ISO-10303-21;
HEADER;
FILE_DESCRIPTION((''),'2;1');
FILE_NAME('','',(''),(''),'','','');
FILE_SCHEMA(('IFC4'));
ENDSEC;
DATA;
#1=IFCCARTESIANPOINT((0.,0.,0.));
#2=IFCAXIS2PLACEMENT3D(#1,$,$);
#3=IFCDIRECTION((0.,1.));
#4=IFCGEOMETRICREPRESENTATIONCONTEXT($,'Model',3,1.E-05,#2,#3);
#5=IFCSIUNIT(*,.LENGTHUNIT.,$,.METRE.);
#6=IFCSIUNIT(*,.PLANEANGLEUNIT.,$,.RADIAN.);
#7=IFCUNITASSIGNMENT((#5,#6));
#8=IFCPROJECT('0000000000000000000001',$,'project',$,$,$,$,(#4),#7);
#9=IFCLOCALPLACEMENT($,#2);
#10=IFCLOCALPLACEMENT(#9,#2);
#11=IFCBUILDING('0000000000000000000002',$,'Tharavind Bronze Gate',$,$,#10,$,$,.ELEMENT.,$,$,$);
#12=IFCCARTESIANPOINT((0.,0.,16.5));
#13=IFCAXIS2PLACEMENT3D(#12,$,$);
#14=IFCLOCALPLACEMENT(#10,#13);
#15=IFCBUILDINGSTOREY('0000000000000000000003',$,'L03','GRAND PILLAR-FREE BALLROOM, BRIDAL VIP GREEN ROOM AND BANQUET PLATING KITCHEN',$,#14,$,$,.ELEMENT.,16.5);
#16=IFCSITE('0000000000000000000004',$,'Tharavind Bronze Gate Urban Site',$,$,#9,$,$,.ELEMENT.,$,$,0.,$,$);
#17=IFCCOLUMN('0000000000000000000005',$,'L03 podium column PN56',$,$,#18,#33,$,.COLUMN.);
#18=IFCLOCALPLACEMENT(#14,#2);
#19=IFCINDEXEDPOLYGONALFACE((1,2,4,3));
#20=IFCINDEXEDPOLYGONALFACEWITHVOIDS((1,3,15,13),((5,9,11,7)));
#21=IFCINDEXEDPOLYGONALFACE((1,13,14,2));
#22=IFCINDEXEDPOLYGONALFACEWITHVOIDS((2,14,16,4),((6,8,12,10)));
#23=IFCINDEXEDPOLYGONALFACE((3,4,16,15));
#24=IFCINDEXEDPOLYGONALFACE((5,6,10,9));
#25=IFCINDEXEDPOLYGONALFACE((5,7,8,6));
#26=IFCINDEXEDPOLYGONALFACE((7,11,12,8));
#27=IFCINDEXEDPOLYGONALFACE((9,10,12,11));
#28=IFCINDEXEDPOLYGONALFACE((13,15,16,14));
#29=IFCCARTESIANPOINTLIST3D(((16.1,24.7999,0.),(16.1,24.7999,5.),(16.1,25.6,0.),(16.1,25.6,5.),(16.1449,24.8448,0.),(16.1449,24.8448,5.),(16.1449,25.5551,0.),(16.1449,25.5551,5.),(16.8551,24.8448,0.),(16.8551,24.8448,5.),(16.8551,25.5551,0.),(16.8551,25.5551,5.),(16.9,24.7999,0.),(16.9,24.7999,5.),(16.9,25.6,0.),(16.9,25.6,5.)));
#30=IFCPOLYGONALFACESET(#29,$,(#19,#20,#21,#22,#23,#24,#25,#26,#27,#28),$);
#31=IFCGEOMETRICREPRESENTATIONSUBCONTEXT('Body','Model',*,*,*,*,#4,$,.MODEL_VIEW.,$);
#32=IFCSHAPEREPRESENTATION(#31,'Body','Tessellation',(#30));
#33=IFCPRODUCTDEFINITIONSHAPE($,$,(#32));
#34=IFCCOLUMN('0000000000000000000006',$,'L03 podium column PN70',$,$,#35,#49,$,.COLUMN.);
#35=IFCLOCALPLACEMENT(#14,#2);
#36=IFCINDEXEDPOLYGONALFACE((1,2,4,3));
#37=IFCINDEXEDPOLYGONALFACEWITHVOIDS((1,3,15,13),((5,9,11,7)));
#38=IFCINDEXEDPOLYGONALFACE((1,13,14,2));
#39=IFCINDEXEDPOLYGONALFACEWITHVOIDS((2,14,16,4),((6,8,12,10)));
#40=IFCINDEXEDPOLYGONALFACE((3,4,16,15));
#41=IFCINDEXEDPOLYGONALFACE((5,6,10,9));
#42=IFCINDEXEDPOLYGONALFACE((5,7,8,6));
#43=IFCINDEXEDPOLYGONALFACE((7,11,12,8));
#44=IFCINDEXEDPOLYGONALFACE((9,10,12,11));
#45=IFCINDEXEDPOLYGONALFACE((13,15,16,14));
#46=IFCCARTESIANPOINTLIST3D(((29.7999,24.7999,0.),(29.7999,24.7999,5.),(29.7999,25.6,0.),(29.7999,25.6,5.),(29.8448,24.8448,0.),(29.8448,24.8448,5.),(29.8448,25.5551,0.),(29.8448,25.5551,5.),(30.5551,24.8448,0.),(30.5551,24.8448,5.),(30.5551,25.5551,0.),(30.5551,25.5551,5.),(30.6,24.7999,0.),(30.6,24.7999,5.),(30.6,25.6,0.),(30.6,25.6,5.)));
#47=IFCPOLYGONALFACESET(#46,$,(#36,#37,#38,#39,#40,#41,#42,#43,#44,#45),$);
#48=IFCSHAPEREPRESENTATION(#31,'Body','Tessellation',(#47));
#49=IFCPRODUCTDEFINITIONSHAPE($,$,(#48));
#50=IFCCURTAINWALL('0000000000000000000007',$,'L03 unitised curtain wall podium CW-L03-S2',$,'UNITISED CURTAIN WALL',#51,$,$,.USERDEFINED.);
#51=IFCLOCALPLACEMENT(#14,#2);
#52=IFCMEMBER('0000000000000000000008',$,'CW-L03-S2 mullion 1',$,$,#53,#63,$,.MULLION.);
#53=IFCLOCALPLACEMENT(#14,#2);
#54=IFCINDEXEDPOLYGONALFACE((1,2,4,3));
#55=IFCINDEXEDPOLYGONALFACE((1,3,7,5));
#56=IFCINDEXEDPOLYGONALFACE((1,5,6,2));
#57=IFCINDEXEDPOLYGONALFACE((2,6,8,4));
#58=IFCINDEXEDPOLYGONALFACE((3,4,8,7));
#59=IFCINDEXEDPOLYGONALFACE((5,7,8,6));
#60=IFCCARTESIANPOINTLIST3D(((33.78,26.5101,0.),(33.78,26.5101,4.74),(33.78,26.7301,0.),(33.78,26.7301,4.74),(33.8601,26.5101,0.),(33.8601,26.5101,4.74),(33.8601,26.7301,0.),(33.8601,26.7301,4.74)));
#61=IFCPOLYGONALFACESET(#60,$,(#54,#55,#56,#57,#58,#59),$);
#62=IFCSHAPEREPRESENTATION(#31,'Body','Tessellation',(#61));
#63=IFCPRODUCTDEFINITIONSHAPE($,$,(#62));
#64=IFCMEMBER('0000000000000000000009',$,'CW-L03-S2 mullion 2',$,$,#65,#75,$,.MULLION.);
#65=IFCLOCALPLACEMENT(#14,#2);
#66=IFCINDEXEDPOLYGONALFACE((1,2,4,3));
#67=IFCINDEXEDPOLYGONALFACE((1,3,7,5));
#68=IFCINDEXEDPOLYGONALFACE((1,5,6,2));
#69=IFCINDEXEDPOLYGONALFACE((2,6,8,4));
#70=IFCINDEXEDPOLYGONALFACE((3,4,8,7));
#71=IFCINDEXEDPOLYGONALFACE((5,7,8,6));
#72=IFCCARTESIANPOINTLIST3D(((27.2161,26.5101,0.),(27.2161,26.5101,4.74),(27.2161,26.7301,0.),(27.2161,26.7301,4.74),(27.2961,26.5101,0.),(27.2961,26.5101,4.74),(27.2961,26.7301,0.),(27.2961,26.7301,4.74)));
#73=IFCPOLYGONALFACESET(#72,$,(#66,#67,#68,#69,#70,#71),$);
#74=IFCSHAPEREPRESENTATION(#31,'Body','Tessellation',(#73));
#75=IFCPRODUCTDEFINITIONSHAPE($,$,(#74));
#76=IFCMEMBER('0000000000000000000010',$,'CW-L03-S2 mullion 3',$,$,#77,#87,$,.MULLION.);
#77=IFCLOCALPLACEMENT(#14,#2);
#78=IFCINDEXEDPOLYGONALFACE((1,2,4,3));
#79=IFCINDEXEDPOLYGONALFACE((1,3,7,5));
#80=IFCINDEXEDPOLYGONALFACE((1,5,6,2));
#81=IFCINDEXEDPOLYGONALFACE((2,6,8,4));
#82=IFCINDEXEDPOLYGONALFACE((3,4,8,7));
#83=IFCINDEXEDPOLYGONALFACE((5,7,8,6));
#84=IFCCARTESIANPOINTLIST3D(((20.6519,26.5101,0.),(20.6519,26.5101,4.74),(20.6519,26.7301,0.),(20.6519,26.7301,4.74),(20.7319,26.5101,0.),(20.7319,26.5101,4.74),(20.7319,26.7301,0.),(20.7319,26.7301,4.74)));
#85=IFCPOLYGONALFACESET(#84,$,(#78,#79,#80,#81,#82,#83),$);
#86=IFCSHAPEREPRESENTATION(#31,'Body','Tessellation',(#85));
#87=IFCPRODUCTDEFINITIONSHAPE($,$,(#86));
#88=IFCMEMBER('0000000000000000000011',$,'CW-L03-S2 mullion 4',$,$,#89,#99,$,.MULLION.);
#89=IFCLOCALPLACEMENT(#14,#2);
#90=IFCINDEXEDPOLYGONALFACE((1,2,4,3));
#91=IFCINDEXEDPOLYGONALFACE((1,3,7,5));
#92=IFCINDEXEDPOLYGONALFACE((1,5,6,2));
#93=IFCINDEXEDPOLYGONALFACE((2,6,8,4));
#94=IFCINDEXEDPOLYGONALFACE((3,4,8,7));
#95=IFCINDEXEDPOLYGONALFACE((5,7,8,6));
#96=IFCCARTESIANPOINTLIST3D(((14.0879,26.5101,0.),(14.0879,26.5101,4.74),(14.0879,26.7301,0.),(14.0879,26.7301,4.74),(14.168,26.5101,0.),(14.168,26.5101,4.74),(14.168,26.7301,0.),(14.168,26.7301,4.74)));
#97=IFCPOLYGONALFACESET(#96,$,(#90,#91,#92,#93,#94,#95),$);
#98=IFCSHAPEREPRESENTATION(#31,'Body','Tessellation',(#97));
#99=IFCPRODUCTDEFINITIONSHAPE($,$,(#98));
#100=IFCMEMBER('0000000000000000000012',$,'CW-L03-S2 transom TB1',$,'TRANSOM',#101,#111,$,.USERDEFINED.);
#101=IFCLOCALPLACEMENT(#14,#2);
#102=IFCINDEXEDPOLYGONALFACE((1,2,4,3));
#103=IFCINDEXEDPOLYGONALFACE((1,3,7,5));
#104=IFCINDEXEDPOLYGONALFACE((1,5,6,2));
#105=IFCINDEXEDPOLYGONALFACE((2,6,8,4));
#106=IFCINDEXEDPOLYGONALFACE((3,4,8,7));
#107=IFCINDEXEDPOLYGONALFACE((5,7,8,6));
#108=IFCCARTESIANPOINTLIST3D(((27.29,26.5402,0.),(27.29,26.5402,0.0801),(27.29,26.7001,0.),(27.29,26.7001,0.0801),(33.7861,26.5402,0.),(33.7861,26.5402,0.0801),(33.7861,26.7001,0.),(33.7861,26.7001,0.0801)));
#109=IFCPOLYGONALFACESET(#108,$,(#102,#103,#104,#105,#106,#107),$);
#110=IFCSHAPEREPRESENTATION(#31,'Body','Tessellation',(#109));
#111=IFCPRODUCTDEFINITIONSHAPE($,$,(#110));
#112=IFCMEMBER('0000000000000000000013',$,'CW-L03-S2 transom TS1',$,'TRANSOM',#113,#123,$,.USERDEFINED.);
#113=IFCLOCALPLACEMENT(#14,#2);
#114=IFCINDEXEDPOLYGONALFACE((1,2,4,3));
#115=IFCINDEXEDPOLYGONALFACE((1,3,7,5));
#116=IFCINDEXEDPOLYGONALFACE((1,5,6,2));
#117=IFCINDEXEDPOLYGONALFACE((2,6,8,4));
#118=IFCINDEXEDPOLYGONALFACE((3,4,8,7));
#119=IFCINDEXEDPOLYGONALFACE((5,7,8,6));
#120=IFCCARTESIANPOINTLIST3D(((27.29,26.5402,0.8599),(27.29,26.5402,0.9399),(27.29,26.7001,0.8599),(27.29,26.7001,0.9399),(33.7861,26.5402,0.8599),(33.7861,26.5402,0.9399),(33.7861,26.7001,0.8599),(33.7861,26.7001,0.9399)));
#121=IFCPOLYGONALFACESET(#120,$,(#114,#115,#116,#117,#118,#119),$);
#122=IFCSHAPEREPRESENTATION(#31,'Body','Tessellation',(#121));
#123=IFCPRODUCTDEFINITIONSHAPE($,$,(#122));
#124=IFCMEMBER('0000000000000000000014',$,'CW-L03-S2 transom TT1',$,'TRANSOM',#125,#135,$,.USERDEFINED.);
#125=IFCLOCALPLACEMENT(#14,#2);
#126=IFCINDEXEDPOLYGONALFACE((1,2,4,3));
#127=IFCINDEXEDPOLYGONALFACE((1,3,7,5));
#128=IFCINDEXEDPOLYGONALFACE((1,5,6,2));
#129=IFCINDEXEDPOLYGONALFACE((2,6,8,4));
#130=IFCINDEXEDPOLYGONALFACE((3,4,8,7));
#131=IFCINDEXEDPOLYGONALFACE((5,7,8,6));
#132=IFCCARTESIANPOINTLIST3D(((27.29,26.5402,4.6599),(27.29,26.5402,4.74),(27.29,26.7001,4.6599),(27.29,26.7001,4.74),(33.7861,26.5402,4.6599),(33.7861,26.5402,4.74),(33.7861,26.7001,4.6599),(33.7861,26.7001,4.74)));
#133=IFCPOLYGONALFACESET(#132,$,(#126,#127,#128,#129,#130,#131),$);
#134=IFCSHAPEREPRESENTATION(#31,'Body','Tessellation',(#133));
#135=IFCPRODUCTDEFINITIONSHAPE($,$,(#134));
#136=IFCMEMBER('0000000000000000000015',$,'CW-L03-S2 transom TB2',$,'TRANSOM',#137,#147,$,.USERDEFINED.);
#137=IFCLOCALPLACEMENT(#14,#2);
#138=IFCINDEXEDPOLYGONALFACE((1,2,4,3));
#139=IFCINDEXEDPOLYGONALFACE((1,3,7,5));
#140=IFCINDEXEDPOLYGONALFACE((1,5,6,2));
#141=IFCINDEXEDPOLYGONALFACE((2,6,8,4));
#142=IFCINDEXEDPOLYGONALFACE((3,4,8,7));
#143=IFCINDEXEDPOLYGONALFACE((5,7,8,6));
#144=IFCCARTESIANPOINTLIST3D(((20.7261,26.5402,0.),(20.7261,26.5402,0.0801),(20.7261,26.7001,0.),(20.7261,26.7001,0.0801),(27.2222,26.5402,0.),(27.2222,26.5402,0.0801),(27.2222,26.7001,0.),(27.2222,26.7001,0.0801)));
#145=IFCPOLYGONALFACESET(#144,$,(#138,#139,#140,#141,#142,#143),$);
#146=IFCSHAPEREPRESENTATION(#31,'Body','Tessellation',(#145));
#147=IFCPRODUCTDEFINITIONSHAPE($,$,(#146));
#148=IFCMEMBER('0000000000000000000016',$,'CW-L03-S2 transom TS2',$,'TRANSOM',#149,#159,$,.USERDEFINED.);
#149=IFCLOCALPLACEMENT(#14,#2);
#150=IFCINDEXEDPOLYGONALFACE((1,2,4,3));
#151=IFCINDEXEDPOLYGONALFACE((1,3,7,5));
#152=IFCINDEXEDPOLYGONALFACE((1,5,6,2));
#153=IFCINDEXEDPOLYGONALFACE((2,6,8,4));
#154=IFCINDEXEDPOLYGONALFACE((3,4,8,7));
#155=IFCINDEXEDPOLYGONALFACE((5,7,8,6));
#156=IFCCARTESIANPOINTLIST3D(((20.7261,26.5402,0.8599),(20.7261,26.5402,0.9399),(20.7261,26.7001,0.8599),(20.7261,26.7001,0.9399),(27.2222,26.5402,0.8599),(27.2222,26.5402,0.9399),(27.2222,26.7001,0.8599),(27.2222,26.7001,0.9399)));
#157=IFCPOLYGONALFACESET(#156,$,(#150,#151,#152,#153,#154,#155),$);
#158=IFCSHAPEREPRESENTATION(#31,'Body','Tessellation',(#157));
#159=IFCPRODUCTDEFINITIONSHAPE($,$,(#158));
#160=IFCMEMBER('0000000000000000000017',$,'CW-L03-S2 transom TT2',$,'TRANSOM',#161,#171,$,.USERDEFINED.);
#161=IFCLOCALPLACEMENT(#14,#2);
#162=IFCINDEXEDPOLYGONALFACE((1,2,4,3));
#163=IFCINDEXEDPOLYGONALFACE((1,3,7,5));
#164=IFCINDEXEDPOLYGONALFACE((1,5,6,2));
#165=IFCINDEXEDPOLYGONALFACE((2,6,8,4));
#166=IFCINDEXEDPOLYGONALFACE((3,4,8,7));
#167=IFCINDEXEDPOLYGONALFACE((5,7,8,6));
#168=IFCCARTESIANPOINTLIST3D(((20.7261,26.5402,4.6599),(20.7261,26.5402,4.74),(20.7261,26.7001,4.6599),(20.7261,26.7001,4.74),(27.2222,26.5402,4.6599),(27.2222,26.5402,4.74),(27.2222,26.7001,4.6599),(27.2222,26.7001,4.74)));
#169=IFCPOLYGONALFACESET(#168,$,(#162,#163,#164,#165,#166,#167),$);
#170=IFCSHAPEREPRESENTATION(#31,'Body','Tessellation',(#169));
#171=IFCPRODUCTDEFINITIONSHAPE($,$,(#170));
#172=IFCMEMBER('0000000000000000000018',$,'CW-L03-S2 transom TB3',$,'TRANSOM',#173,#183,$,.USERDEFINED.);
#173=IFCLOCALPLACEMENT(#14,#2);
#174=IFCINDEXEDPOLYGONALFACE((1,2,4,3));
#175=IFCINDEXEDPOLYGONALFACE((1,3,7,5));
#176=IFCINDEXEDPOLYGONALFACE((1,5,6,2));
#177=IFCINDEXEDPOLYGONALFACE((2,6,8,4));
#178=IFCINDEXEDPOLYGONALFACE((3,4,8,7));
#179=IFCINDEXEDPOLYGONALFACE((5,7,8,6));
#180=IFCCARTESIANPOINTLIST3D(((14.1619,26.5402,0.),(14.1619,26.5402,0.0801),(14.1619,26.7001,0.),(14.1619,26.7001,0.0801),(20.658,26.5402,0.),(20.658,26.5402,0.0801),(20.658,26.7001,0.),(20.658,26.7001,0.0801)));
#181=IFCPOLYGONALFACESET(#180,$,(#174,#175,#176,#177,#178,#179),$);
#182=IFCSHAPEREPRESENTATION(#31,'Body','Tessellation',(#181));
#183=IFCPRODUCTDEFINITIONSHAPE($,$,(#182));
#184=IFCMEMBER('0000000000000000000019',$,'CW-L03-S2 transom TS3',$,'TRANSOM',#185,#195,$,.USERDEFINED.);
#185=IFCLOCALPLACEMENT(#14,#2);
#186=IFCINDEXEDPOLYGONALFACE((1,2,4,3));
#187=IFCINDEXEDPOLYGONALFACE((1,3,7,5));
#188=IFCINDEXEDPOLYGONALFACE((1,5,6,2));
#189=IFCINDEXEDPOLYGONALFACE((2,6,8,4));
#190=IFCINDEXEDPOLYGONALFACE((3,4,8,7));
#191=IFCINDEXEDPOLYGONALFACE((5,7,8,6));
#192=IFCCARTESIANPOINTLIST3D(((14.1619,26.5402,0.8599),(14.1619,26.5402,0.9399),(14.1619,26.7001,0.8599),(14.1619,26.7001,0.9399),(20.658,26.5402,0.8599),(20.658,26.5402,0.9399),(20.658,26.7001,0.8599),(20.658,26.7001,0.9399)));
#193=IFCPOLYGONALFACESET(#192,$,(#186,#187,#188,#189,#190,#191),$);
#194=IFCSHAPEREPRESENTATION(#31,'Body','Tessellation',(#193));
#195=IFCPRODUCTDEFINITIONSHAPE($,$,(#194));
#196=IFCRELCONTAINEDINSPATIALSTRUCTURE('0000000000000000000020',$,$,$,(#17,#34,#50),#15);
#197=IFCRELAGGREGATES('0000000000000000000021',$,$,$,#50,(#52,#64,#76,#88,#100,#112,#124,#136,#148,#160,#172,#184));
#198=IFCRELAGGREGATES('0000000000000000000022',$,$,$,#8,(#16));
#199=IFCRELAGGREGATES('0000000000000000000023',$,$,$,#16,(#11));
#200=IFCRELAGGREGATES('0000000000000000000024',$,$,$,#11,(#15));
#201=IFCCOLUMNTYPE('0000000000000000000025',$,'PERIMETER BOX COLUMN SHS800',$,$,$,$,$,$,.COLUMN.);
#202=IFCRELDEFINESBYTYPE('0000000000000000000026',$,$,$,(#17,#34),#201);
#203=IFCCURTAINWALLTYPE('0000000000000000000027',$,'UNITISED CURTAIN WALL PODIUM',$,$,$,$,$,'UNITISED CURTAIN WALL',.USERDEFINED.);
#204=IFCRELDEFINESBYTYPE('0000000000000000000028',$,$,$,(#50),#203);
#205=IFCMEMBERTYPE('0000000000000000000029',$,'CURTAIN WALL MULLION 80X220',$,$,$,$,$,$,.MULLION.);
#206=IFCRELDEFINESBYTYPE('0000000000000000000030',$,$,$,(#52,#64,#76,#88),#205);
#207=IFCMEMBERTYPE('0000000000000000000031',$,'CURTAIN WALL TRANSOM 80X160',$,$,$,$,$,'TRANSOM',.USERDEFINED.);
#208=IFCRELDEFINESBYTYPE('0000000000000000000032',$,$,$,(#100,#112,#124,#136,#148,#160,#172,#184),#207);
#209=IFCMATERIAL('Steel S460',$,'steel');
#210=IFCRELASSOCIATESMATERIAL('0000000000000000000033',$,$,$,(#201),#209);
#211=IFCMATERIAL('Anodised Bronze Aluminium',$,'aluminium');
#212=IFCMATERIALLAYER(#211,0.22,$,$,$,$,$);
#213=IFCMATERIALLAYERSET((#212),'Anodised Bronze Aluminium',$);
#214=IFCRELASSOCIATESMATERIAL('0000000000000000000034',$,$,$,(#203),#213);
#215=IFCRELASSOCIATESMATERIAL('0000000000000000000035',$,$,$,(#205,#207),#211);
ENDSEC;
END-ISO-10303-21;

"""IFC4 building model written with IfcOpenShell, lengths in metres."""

from ifc_helpers import new_model, si_unit, direction, frame, origin, origin_2d, place, context, subcontext, project, spatial, rectangle, hollow_rectangle, extrude, material, layer, layer_set, material_profile, profile_set, type_object, element, aggregate, save


model = new_model("IFC4")

# Units and contexts
model_context = context("Model", 3, precision=1e-05, world=origin(), true_north=direction((0.0, 1.0)))
body_context = subcontext(model_context, "Body", "Model", "MODEL_VIEW")
ifc_project = project(units=[si_unit("LENGTHUNIT", "METRE"), si_unit("PLANEANGLEUNIT", "RADIAN")], contexts=[model_context])

# Site, building, storey
site_placement = place(None, origin())
site = spatial("IfcSite", under=ifc_project, at=site_placement, Name="Tharavind Bronze Gate Urban Site", CompositionType="ELEMENT", RefElevation=0.0)
building_placement = place(site_placement, origin())
building = spatial("IfcBuilding", under=site, at=building_placement, Name="Tharavind Bronze Gate", CompositionType="ELEMENT")
storey_placement = place(building_placement, frame((0.0, 0.0, 16.5)))
storey = spatial("IfcBuildingStorey", under=building, at=storey_placement, Name="L03", Description="GRAND PILLAR-FREE BALLROOM, BRIDAL VIP GREEN ROOM AND BANQUET PLATING KITCHEN", CompositionType="ELEMENT", Elevation=16.5)

# Columns
ifc_material_1 = material(Name="Steel S460", Category="steel")
ifc_material_profile_1 = material_profile(ifc_material_1, hollow_rectangle(XDim=0.8, YDim=0.8, WallThickness=0.0449, at=origin_2d()), Name="SHS800X45")
ifc_profile_set_1 = profile_set([ifc_material_profile_1], Name="Steel S460")
column_type = type_object("IfcColumnType", Name="PERIMETER BOX COLUMN SHS800", PredefinedType="COLUMN", material=ifc_profile_set_1)
for number, where, z_axis, x_axis, name in (
    (1, (16.5, 25.2, 0.0), (0.0, 0.0, 1.0), (1.0, 0.0, 0.0), "L03 podium column PN56"),
    (2, (30.2, 25.2, 0.0), (0.0, 0.0, 1.0), (1.0, 0.0, 0.0), "L03 podium column PN70"),
):
    element("IfcColumn", number, at=place(storey_placement, frame(where, z_axis=z_axis, x_axis=x_axis)), inside=storey, type_object=column_type, Name=name, PredefinedType="COLUMN", context=body_context, shape_type="SweptSolid", body=[
        extrude(hollow_rectangle(XDim=0.8, YDim=0.8, WallThickness=0.0449, at=origin_2d()), origin(), (0.0, 0.0, 1.0), 5.0),
    ])

# Curtain wall, members
ifc_material_2 = material(Name="Anodised Bronze Aluminium", Category="aluminium")
ifc_layer_1 = layer(ifc_material_2, 0.22)
ifc_layer_set_1 = layer_set([ifc_layer_1], Name="Anodised Bronze Aluminium")
curtain_wall_type = type_object("IfcCurtainWallType", Name="UNITISED CURTAIN WALL PODIUM", ElementType="UNITISED CURTAIN WALL", PredefinedType="USERDEFINED", material=ifc_layer_set_1)
curtain_wall_placement = place(storey_placement, origin())
curtain_wall = element("IfcCurtainWall", 3, at=curtain_wall_placement, inside=storey, type_object=curtain_wall_type, Name="L03 unitised curtain wall podium CW-L03-S2", ObjectType="UNITISED CURTAIN WALL", PredefinedType="USERDEFINED")
member_type_1 = type_object("IfcMemberType", Name="CURTAIN WALL MULLION 80X220", PredefinedType="MULLION", material=ifc_material_2)
member_1_placement = place(storey_placement, frame((33.8201, 26.6201, 0.0), z_axis=(0.0, 0.0, 1.0), x_axis=(-1.0, 0.0, 0.0)))
member_1 = element("IfcMember", 4, at=member_1_placement, type_object=member_type_1, Name="CW-L03-S2 mullion 1", PredefinedType="MULLION", context=body_context, shape_type="SweptSolid", body=[
    extrude(rectangle(XDim=0.0801, YDim=0.22, at=origin_2d()), origin(), (0.0, 0.0, 1.0), 4.74),
])
member_2_placement = place(storey_placement, frame((27.2561, 26.6201, 0.0), z_axis=(0.0, 0.0, 1.0), x_axis=(-1.0, 0.0, 0.0)))
member_2 = element("IfcMember", 5, at=member_2_placement, type_object=member_type_1, Name="CW-L03-S2 mullion 2", PredefinedType="MULLION", context=body_context, shape_type="SweptSolid", body=[
    extrude(rectangle(XDim=0.0801, YDim=0.22, at=origin_2d()), origin(), (0.0, 0.0, 1.0), 4.74),
])
member_3_placement = place(storey_placement, frame((20.6919, 26.6201, 0.0), z_axis=(0.0, 0.0, 1.0), x_axis=(-1.0, 0.0, 0.0)))
member_3 = element("IfcMember", 6, at=member_3_placement, type_object=member_type_1, Name="CW-L03-S2 mullion 3", PredefinedType="MULLION", context=body_context, shape_type="SweptSolid", body=[
    extrude(rectangle(XDim=0.0801, YDim=0.22, at=origin_2d()), origin(), (0.0, 0.0, 1.0), 4.74),
])
member_4_placement = place(storey_placement, frame((14.1279, 26.6201, 0.0), z_axis=(0.0, 0.0, 1.0), x_axis=(-1.0, 0.0, 0.0)))
member_4 = element("IfcMember", 7, at=member_4_placement, type_object=member_type_1, Name="CW-L03-S2 mullion 4", PredefinedType="MULLION", context=body_context, shape_type="SweptSolid", body=[
    extrude(rectangle(XDim=0.0801, YDim=0.22, at=origin_2d()), origin(), (0.0, 0.0, 1.0), 4.74),
])
member_type_2 = type_object("IfcMemberType", Name="CURTAIN WALL TRANSOM 80X160", ElementType="TRANSOM", PredefinedType="USERDEFINED", material=ifc_material_2)
member_5_placement = place(storey_placement, frame((30.5381, 26.6201, 0.0), z_axis=(0.0, 0.0, 1.0), x_axis=(-1.0, 0.0, 0.0)))
member_5 = element("IfcMember", 8, at=member_5_placement, type_object=member_type_2, Name="CW-L03-S2 transom TB1", ObjectType="TRANSOM", PredefinedType="USERDEFINED", context=body_context, shape_type="SweptSolid", body=[
    extrude(rectangle(XDim=6.4961, YDim=0.1599, at=origin_2d()), origin(), (0.0, 0.0, 1.0), 0.0801),
])
member_6_placement = place(storey_placement, frame((30.5381, 26.6201, 0.8599), z_axis=(0.0, 0.0, 1.0), x_axis=(-1.0, 0.0, 0.0)))
member_6 = element("IfcMember", 9, at=member_6_placement, type_object=member_type_2, Name="CW-L03-S2 transom TS1", ObjectType="TRANSOM", PredefinedType="USERDEFINED", context=body_context, shape_type="SweptSolid", body=[
    extrude(rectangle(XDim=6.4961, YDim=0.1599, at=origin_2d()), origin(), (0.0, 0.0, 1.0), 0.0801),
])
member_7_placement = place(storey_placement, frame((30.5381, 26.6201, 4.6599), z_axis=(0.0, 0.0, 1.0), x_axis=(-1.0, 0.0, 0.0)))
member_7 = element("IfcMember", 10, at=member_7_placement, type_object=member_type_2, Name="CW-L03-S2 transom TT1", ObjectType="TRANSOM", PredefinedType="USERDEFINED", context=body_context, shape_type="SweptSolid", body=[
    extrude(rectangle(XDim=6.4961, YDim=0.1599, at=origin_2d()), origin(), (0.0, 0.0, 1.0), 0.0801),
])
member_8_placement = place(storey_placement, frame((23.9741, 26.6201, 0.0), z_axis=(0.0, 0.0, 1.0), x_axis=(-1.0, 0.0, 0.0)))
member_8 = element("IfcMember", 11, at=member_8_placement, type_object=member_type_2, Name="CW-L03-S2 transom TB2", ObjectType="TRANSOM", PredefinedType="USERDEFINED", context=body_context, shape_type="SweptSolid", body=[
    extrude(rectangle(XDim=6.4961, YDim=0.1599, at=origin_2d()), origin(), (0.0, 0.0, 1.0), 0.0801),
])
member_9_placement = place(storey_placement, frame((23.9741, 26.6201, 0.8599), z_axis=(0.0, 0.0, 1.0), x_axis=(-1.0, 0.0, 0.0)))
member_9 = element("IfcMember", 12, at=member_9_placement, type_object=member_type_2, Name="CW-L03-S2 transom TS2", ObjectType="TRANSOM", PredefinedType="USERDEFINED", context=body_context, shape_type="SweptSolid", body=[
    extrude(rectangle(XDim=6.4961, YDim=0.1599, at=origin_2d()), origin(), (0.0, 0.0, 1.0), 0.0801),
])
member_10_placement = place(storey_placement, frame((23.9741, 26.6201, 4.6599), z_axis=(0.0, 0.0, 1.0), x_axis=(-1.0, 0.0, 0.0)))
member_10 = element("IfcMember", 13, at=member_10_placement, type_object=member_type_2, Name="CW-L03-S2 transom TT2", ObjectType="TRANSOM", PredefinedType="USERDEFINED", context=body_context, shape_type="SweptSolid", body=[
    extrude(rectangle(XDim=6.4961, YDim=0.1599, at=origin_2d()), origin(), (0.0, 0.0, 1.0), 0.0801),
])
member_11_placement = place(storey_placement, frame((17.4099, 26.6201, 0.0), z_axis=(0.0, 0.0, 1.0), x_axis=(-1.0, 0.0, 0.0)))
member_11 = element("IfcMember", 14, at=member_11_placement, type_object=member_type_2, Name="CW-L03-S2 transom TB3", ObjectType="TRANSOM", PredefinedType="USERDEFINED", context=body_context, shape_type="SweptSolid", body=[
    extrude(rectangle(XDim=6.4961, YDim=0.1599, at=origin_2d()), origin(), (0.0, 0.0, 1.0), 0.0801),
])
member_12_placement = place(storey_placement, frame((17.4099, 26.6201, 0.8599), z_axis=(0.0, 0.0, 1.0), x_axis=(-1.0, 0.0, 0.0)))
member_12 = element("IfcMember", 15, at=member_12_placement, type_object=member_type_2, Name="CW-L03-S2 transom TS3", ObjectType="TRANSOM", PredefinedType="USERDEFINED", context=body_context, shape_type="SweptSolid", body=[
    extrude(rectangle(XDim=6.4961, YDim=0.1599, at=origin_2d()), origin(), (0.0, 0.0, 1.0), 0.0801),
])

aggregate(curtain_wall, [member_1, member_2, member_3, member_4, member_5, member_6, member_7, member_8, member_9, member_10, member_11, member_12])

save(model, "model.ifc")
